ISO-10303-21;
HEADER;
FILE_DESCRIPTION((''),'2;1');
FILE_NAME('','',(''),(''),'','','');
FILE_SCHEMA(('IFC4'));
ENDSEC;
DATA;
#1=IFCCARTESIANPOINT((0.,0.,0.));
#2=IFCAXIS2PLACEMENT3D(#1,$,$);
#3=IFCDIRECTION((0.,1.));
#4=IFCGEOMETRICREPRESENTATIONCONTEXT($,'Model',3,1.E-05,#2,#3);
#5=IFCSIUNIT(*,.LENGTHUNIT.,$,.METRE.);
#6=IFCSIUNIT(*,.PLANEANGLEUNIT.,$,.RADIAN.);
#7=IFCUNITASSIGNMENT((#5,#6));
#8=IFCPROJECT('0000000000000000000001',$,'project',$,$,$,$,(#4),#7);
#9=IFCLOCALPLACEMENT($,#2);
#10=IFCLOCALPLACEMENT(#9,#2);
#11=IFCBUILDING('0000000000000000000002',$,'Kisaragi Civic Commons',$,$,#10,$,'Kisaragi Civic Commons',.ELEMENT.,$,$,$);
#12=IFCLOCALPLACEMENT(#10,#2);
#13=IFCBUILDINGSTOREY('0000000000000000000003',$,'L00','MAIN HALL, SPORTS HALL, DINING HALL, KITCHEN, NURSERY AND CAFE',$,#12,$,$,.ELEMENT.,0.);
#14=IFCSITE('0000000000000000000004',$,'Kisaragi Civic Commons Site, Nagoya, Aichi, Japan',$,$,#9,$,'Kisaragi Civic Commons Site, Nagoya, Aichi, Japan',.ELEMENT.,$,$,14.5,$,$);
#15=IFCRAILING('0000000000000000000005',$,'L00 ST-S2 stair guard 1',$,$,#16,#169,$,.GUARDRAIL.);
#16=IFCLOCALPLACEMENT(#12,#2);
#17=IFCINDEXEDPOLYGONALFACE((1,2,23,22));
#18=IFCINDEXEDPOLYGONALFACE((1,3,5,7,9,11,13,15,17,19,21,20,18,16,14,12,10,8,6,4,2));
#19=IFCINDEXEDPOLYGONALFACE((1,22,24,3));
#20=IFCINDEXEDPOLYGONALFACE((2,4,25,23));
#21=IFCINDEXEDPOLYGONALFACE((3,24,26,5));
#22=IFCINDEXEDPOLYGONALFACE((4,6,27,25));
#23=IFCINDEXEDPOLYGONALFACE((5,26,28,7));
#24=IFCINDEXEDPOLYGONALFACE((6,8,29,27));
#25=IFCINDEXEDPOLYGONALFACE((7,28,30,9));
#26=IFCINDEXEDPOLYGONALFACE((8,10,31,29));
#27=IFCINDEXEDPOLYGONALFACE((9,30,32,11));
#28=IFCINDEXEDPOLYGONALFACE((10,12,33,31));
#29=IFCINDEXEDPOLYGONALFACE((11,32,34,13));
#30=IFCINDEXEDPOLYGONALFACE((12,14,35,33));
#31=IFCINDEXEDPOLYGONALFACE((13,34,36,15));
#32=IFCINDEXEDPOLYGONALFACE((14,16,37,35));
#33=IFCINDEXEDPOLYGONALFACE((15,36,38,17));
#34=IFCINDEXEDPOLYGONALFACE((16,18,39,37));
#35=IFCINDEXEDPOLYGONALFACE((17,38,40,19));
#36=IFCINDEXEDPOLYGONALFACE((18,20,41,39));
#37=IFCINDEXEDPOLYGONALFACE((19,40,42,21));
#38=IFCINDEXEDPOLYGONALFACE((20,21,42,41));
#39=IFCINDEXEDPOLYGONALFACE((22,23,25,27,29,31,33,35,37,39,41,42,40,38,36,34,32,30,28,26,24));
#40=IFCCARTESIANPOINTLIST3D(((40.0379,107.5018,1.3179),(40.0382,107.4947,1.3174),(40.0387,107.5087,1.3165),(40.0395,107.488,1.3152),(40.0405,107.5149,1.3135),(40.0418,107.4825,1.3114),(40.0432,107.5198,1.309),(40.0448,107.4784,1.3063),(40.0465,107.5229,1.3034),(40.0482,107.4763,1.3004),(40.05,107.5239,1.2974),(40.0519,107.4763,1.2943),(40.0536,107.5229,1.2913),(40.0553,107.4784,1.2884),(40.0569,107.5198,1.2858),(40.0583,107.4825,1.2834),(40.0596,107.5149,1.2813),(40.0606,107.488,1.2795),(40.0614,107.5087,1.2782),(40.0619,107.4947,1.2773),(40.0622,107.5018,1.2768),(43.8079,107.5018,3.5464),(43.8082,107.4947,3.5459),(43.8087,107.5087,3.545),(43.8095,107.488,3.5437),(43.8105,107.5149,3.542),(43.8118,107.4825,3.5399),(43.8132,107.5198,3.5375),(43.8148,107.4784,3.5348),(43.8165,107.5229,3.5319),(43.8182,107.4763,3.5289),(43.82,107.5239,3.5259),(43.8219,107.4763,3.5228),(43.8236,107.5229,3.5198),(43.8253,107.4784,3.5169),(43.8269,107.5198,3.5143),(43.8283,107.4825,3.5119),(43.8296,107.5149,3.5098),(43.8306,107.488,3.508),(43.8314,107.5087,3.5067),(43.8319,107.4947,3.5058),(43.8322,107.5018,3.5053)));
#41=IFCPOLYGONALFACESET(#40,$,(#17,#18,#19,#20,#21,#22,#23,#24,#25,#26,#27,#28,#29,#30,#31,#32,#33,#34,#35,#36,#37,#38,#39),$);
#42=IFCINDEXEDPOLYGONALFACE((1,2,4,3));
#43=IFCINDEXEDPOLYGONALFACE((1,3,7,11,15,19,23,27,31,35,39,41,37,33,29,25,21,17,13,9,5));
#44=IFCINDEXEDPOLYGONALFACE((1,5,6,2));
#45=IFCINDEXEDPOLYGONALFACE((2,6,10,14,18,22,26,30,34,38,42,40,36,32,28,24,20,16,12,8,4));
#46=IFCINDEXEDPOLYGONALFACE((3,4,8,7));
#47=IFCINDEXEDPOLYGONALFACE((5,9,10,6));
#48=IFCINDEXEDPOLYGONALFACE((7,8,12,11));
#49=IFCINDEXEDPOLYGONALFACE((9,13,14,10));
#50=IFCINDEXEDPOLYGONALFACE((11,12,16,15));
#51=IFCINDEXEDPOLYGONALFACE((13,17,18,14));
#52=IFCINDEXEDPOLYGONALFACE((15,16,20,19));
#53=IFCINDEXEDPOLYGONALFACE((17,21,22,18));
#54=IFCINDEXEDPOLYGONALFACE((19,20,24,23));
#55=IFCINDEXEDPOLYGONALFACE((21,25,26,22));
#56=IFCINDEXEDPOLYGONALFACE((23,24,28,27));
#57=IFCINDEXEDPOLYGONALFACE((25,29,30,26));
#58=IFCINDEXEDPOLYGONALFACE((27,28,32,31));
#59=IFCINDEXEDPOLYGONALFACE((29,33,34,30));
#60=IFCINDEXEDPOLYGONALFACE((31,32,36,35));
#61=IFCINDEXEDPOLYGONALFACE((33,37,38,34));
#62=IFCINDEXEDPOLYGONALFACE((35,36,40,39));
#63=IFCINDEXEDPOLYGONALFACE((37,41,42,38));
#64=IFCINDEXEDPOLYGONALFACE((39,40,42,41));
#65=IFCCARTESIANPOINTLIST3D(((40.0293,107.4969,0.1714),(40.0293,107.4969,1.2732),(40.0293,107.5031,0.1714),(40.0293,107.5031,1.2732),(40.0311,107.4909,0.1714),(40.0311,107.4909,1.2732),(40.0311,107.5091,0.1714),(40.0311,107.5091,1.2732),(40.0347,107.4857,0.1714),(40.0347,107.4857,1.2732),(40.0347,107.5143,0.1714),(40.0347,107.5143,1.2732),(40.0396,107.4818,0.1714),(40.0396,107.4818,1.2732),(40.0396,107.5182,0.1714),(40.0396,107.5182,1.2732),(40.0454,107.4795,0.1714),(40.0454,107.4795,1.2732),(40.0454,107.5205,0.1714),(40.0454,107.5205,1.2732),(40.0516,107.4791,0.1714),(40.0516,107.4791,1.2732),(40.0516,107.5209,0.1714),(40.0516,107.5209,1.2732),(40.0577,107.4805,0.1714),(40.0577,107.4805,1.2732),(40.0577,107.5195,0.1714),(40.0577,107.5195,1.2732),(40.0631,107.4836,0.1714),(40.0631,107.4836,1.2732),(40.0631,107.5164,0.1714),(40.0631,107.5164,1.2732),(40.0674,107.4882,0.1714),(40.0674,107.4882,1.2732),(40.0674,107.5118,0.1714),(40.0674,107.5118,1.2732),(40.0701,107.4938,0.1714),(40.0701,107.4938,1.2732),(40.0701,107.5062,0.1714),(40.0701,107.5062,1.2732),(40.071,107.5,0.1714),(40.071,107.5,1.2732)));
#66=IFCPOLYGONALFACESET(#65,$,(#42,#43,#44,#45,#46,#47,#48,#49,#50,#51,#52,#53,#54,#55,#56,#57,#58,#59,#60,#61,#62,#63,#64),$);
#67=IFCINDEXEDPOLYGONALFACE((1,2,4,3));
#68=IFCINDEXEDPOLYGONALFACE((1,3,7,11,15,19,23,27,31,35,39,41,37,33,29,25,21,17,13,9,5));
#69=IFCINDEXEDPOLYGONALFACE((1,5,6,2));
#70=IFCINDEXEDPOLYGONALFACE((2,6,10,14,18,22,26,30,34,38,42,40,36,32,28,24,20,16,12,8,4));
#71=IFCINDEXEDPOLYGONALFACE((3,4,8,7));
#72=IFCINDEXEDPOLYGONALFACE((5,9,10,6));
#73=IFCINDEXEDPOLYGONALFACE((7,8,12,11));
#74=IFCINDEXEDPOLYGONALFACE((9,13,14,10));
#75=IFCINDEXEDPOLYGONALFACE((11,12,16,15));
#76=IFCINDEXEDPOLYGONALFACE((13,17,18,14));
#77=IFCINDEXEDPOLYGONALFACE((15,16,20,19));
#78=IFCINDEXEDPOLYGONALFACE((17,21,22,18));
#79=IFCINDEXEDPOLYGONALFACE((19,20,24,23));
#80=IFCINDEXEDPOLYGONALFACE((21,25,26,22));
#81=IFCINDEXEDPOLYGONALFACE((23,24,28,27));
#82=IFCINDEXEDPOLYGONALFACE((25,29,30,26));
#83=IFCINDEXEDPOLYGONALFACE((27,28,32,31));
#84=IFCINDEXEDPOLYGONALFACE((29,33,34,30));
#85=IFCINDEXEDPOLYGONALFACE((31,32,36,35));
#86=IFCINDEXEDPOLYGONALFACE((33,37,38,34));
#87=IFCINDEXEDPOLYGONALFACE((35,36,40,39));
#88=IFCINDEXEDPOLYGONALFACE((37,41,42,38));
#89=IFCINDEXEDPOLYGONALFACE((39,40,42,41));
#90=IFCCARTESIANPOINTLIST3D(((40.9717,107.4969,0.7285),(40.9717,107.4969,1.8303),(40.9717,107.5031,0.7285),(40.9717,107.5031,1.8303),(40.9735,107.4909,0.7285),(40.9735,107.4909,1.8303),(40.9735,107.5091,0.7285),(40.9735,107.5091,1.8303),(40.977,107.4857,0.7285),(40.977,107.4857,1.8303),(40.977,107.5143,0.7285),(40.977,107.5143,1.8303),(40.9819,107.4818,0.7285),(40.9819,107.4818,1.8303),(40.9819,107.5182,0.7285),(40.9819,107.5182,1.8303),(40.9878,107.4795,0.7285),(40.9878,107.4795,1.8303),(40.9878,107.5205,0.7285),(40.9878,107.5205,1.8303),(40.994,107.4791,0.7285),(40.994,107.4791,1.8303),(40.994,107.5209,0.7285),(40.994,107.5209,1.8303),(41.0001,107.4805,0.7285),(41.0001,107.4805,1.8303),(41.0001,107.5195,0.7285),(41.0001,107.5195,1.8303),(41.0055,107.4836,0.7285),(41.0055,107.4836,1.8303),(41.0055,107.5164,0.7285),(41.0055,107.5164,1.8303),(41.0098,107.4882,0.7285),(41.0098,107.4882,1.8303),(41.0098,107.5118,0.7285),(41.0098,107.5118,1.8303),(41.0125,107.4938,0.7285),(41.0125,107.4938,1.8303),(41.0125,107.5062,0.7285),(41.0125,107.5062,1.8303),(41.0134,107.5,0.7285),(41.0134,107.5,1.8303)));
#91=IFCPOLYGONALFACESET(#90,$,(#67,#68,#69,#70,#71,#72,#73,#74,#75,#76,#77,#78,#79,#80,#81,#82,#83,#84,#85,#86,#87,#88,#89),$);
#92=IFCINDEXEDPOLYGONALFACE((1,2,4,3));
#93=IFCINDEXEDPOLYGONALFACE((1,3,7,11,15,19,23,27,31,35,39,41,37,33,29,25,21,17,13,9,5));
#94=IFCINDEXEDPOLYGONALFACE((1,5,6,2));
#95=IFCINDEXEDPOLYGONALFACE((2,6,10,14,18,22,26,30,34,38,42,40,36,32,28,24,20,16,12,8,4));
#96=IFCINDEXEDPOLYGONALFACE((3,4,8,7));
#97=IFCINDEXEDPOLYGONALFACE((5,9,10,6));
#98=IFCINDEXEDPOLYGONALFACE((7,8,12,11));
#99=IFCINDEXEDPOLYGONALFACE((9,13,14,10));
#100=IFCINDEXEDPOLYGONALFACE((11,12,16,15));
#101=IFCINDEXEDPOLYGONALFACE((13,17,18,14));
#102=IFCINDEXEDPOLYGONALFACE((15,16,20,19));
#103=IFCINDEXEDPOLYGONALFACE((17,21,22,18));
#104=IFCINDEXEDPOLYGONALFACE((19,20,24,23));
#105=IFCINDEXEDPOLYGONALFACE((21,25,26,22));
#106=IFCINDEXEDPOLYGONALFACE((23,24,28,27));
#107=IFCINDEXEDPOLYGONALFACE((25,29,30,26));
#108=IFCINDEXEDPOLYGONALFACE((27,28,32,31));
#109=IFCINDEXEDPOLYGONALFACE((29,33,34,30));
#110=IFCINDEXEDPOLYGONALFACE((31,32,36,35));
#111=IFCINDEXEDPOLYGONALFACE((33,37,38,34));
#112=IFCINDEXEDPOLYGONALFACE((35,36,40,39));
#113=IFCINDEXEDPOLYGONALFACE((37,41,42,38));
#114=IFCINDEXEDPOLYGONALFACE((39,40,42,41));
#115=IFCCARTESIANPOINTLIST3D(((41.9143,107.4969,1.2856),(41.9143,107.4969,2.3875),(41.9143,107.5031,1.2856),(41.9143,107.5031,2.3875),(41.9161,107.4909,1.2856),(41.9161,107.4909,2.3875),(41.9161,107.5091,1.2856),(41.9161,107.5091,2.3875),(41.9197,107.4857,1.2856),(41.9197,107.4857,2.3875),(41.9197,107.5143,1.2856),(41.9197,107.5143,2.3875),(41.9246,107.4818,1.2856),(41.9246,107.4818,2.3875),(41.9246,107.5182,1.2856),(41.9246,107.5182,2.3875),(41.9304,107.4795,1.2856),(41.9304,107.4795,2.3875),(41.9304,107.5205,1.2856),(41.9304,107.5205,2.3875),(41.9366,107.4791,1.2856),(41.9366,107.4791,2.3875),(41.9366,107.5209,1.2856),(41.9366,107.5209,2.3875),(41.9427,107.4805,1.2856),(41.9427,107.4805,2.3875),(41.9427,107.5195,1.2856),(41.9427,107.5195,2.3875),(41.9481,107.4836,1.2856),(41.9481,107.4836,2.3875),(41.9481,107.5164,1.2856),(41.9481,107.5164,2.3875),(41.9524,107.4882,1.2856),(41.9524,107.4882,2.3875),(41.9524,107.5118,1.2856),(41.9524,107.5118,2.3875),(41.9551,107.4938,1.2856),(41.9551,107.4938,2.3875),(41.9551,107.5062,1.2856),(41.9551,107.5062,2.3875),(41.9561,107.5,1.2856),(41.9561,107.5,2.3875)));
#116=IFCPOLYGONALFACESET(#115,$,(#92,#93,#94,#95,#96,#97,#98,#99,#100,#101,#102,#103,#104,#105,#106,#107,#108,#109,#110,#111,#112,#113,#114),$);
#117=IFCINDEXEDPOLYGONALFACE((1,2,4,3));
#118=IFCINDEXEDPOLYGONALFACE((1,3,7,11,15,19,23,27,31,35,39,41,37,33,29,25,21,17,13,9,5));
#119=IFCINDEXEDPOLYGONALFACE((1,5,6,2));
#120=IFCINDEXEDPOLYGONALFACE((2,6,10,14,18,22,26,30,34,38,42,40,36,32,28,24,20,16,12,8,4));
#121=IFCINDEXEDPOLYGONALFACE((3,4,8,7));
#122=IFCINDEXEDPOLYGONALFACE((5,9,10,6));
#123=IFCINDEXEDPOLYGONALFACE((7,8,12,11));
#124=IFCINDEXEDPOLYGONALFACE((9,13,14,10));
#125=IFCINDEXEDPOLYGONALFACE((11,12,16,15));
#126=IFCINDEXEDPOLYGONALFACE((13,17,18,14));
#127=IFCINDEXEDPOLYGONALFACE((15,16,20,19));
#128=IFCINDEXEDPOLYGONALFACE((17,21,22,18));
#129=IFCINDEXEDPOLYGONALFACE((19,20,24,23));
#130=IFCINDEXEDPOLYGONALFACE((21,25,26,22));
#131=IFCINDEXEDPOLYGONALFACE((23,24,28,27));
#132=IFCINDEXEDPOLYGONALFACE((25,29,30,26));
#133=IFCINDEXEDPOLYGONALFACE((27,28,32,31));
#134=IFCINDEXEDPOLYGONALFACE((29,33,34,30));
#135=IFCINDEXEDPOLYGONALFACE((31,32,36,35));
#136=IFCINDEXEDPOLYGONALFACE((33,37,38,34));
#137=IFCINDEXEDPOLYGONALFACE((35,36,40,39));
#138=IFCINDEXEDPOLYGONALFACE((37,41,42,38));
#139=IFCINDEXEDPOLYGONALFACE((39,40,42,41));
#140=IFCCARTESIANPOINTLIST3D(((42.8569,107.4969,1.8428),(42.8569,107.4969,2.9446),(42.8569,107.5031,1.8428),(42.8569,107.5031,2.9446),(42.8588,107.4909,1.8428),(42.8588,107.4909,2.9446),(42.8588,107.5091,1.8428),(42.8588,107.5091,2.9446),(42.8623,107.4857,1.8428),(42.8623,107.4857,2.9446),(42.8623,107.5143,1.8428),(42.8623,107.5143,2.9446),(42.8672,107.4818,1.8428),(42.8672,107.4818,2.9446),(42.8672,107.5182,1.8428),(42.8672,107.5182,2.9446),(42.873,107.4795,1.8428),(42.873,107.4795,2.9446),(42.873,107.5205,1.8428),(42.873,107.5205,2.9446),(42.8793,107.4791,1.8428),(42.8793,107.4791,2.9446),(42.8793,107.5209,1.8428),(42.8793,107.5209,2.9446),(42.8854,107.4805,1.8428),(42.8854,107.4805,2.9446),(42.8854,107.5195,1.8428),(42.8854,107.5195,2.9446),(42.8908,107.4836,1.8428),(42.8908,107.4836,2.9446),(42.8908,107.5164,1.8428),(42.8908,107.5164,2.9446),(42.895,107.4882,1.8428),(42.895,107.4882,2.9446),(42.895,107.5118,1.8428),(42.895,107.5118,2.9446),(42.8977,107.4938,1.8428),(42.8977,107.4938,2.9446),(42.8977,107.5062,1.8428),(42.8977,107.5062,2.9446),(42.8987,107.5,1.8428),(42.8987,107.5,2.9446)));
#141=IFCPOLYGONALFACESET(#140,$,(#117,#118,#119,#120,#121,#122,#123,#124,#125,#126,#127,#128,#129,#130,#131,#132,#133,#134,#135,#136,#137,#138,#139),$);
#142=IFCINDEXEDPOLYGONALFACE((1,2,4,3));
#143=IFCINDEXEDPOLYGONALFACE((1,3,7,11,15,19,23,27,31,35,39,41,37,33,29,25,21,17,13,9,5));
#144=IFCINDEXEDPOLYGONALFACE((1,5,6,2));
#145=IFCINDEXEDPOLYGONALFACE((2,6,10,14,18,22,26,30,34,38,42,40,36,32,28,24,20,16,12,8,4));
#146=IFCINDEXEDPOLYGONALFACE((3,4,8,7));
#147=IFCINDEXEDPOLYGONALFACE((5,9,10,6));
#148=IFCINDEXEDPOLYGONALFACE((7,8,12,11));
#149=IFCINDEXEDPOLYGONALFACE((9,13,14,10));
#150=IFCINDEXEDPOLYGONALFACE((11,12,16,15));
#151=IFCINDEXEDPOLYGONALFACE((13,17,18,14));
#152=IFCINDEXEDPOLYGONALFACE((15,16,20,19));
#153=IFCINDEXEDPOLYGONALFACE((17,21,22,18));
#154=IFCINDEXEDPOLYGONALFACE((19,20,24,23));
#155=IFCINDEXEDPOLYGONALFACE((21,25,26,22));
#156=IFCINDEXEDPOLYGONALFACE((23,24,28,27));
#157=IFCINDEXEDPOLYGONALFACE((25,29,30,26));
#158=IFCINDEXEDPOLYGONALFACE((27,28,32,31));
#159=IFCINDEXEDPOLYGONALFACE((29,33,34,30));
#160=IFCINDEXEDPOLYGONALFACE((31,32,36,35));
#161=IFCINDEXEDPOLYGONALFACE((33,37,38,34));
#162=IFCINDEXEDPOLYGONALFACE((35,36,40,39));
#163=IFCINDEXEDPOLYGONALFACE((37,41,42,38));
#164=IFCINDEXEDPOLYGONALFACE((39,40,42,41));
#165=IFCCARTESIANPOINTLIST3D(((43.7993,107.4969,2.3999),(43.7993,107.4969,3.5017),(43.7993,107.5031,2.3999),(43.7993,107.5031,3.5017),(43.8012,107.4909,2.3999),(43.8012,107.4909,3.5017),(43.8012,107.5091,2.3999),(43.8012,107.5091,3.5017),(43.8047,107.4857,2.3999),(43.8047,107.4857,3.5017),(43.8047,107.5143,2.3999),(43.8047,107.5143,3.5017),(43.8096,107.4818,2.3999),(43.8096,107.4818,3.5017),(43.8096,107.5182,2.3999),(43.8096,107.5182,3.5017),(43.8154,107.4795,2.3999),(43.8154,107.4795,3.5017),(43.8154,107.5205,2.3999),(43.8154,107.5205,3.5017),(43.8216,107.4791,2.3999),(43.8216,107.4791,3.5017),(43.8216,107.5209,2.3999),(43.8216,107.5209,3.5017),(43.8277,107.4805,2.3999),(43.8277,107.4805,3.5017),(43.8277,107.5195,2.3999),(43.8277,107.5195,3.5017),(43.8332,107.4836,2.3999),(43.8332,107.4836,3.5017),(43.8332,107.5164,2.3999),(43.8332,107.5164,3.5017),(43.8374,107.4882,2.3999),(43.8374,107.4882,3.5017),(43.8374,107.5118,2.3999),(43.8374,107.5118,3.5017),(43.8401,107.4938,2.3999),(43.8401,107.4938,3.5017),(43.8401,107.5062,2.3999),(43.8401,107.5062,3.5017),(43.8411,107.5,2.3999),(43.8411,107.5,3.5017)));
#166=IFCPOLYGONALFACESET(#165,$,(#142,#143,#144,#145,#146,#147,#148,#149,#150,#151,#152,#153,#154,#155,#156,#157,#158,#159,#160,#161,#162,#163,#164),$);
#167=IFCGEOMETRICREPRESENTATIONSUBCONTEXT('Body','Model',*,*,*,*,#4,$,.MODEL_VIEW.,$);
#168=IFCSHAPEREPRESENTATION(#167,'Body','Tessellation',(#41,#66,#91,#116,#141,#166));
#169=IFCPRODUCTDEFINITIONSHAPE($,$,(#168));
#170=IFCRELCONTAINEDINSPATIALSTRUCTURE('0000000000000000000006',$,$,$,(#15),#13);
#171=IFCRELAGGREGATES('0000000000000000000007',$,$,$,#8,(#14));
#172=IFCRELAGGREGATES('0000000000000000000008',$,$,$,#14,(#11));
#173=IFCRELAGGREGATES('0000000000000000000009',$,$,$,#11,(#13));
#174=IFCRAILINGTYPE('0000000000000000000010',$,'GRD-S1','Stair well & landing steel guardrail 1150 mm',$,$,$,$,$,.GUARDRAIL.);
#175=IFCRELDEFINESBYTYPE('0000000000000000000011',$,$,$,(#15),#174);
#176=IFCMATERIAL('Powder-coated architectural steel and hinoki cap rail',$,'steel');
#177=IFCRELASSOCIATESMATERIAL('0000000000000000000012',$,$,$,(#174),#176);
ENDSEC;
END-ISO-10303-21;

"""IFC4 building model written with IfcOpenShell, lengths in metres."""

from ifc_helpers import new_model, si_unit, direction, frame, origin, origin_2d, place, context, subcontext, project, spatial, circle, extrude, material, type_object, element, save


model = new_model("IFC4")

# Units and contexts
model_context = context("Model", 3, precision=1e-05, world=origin(), true_north=direction((0.0, 1.0)))
body_context = subcontext(model_context, "Body", "Model", "MODEL_VIEW")
ifc_project = project(units=[si_unit("LENGTHUNIT", "METRE"), si_unit("PLANEANGLEUNIT", "RADIAN")], contexts=[model_context])

# Site, building, storey
site_placement = place(None, origin())
site = spatial("IfcSite", under=ifc_project, at=site_placement, Name="Kisaragi Civic Commons Site, Nagoya, Aichi, Japan", LongName="Kisaragi Civic Commons Site, Nagoya, Aichi, Japan", CompositionType="ELEMENT", RefElevation=14.5)
building_placement = place(site_placement, origin())
building = spatial("IfcBuilding", under=site, at=building_placement, Name="Kisaragi Civic Commons", LongName="Kisaragi Civic Commons", CompositionType="ELEMENT")
storey_placement = place(building_placement, origin())
storey = spatial("IfcBuildingStorey", under=building, at=storey_placement, Name="L00", Description="MAIN HALL, SPORTS HALL, DINING HALL, KITCHEN, NURSERY AND CAFE", CompositionType="ELEMENT", Elevation=0.0)

# Railing
ifc_material_1 = material(Name="Powder-coated architectural steel and hinoki cap rail", Category="steel")
railing_type_1 = type_object("IfcRailingType", Name="GRD-S1", Description="Stair well & landing steel guardrail 1150 mm", PredefinedType="GUARDRAIL", material=ifc_material_1)
railing_1_placement = place(storey_placement, frame((40.05, 107.5, 0.1714)))
element("IfcRailing", 1, at=railing_1_placement, inside=storey, type_object=railing_type_1, Name="L00 ST-S2 stair guard 1", PredefinedType="GUARDRAIL", context=body_context, shape_type="SweptSolid", body=[
    extrude(circle(Radius=0.0239, at=origin_2d()), frame((0.0, 0.0, 1.126), z_axis=(0.860849, 0.0, 0.508861), x_axis=(0.0, 1.0, 0.0)), (0.0, 0.0, 1.0), 4.3794),
    extrude(circle(Radius=0.021, at=origin_2d()), origin(), (0.0, 0.0, 1.0), 1.1018),
    extrude(circle(Radius=0.021, at=origin_2d()), frame((0.9424, 0.0, 0.5571)), (0.0, 0.0, 1.0), 1.1018),
    extrude(circle(Radius=0.021, at=origin_2d()), frame((1.885, 0.0, 1.1143)), (0.0, 0.0, 1.0), 1.1018),
    extrude(circle(Radius=0.021, at=origin_2d()), frame((2.8276, 0.0, 1.6714)), (0.0, 0.0, 1.0), 1.1018),
    extrude(circle(Radius=0.021, at=origin_2d()), frame((3.77, 0.0, 2.2285)), (0.0, 0.0, 1.0), 1.1018),
])

save(model, "model.ifc")
